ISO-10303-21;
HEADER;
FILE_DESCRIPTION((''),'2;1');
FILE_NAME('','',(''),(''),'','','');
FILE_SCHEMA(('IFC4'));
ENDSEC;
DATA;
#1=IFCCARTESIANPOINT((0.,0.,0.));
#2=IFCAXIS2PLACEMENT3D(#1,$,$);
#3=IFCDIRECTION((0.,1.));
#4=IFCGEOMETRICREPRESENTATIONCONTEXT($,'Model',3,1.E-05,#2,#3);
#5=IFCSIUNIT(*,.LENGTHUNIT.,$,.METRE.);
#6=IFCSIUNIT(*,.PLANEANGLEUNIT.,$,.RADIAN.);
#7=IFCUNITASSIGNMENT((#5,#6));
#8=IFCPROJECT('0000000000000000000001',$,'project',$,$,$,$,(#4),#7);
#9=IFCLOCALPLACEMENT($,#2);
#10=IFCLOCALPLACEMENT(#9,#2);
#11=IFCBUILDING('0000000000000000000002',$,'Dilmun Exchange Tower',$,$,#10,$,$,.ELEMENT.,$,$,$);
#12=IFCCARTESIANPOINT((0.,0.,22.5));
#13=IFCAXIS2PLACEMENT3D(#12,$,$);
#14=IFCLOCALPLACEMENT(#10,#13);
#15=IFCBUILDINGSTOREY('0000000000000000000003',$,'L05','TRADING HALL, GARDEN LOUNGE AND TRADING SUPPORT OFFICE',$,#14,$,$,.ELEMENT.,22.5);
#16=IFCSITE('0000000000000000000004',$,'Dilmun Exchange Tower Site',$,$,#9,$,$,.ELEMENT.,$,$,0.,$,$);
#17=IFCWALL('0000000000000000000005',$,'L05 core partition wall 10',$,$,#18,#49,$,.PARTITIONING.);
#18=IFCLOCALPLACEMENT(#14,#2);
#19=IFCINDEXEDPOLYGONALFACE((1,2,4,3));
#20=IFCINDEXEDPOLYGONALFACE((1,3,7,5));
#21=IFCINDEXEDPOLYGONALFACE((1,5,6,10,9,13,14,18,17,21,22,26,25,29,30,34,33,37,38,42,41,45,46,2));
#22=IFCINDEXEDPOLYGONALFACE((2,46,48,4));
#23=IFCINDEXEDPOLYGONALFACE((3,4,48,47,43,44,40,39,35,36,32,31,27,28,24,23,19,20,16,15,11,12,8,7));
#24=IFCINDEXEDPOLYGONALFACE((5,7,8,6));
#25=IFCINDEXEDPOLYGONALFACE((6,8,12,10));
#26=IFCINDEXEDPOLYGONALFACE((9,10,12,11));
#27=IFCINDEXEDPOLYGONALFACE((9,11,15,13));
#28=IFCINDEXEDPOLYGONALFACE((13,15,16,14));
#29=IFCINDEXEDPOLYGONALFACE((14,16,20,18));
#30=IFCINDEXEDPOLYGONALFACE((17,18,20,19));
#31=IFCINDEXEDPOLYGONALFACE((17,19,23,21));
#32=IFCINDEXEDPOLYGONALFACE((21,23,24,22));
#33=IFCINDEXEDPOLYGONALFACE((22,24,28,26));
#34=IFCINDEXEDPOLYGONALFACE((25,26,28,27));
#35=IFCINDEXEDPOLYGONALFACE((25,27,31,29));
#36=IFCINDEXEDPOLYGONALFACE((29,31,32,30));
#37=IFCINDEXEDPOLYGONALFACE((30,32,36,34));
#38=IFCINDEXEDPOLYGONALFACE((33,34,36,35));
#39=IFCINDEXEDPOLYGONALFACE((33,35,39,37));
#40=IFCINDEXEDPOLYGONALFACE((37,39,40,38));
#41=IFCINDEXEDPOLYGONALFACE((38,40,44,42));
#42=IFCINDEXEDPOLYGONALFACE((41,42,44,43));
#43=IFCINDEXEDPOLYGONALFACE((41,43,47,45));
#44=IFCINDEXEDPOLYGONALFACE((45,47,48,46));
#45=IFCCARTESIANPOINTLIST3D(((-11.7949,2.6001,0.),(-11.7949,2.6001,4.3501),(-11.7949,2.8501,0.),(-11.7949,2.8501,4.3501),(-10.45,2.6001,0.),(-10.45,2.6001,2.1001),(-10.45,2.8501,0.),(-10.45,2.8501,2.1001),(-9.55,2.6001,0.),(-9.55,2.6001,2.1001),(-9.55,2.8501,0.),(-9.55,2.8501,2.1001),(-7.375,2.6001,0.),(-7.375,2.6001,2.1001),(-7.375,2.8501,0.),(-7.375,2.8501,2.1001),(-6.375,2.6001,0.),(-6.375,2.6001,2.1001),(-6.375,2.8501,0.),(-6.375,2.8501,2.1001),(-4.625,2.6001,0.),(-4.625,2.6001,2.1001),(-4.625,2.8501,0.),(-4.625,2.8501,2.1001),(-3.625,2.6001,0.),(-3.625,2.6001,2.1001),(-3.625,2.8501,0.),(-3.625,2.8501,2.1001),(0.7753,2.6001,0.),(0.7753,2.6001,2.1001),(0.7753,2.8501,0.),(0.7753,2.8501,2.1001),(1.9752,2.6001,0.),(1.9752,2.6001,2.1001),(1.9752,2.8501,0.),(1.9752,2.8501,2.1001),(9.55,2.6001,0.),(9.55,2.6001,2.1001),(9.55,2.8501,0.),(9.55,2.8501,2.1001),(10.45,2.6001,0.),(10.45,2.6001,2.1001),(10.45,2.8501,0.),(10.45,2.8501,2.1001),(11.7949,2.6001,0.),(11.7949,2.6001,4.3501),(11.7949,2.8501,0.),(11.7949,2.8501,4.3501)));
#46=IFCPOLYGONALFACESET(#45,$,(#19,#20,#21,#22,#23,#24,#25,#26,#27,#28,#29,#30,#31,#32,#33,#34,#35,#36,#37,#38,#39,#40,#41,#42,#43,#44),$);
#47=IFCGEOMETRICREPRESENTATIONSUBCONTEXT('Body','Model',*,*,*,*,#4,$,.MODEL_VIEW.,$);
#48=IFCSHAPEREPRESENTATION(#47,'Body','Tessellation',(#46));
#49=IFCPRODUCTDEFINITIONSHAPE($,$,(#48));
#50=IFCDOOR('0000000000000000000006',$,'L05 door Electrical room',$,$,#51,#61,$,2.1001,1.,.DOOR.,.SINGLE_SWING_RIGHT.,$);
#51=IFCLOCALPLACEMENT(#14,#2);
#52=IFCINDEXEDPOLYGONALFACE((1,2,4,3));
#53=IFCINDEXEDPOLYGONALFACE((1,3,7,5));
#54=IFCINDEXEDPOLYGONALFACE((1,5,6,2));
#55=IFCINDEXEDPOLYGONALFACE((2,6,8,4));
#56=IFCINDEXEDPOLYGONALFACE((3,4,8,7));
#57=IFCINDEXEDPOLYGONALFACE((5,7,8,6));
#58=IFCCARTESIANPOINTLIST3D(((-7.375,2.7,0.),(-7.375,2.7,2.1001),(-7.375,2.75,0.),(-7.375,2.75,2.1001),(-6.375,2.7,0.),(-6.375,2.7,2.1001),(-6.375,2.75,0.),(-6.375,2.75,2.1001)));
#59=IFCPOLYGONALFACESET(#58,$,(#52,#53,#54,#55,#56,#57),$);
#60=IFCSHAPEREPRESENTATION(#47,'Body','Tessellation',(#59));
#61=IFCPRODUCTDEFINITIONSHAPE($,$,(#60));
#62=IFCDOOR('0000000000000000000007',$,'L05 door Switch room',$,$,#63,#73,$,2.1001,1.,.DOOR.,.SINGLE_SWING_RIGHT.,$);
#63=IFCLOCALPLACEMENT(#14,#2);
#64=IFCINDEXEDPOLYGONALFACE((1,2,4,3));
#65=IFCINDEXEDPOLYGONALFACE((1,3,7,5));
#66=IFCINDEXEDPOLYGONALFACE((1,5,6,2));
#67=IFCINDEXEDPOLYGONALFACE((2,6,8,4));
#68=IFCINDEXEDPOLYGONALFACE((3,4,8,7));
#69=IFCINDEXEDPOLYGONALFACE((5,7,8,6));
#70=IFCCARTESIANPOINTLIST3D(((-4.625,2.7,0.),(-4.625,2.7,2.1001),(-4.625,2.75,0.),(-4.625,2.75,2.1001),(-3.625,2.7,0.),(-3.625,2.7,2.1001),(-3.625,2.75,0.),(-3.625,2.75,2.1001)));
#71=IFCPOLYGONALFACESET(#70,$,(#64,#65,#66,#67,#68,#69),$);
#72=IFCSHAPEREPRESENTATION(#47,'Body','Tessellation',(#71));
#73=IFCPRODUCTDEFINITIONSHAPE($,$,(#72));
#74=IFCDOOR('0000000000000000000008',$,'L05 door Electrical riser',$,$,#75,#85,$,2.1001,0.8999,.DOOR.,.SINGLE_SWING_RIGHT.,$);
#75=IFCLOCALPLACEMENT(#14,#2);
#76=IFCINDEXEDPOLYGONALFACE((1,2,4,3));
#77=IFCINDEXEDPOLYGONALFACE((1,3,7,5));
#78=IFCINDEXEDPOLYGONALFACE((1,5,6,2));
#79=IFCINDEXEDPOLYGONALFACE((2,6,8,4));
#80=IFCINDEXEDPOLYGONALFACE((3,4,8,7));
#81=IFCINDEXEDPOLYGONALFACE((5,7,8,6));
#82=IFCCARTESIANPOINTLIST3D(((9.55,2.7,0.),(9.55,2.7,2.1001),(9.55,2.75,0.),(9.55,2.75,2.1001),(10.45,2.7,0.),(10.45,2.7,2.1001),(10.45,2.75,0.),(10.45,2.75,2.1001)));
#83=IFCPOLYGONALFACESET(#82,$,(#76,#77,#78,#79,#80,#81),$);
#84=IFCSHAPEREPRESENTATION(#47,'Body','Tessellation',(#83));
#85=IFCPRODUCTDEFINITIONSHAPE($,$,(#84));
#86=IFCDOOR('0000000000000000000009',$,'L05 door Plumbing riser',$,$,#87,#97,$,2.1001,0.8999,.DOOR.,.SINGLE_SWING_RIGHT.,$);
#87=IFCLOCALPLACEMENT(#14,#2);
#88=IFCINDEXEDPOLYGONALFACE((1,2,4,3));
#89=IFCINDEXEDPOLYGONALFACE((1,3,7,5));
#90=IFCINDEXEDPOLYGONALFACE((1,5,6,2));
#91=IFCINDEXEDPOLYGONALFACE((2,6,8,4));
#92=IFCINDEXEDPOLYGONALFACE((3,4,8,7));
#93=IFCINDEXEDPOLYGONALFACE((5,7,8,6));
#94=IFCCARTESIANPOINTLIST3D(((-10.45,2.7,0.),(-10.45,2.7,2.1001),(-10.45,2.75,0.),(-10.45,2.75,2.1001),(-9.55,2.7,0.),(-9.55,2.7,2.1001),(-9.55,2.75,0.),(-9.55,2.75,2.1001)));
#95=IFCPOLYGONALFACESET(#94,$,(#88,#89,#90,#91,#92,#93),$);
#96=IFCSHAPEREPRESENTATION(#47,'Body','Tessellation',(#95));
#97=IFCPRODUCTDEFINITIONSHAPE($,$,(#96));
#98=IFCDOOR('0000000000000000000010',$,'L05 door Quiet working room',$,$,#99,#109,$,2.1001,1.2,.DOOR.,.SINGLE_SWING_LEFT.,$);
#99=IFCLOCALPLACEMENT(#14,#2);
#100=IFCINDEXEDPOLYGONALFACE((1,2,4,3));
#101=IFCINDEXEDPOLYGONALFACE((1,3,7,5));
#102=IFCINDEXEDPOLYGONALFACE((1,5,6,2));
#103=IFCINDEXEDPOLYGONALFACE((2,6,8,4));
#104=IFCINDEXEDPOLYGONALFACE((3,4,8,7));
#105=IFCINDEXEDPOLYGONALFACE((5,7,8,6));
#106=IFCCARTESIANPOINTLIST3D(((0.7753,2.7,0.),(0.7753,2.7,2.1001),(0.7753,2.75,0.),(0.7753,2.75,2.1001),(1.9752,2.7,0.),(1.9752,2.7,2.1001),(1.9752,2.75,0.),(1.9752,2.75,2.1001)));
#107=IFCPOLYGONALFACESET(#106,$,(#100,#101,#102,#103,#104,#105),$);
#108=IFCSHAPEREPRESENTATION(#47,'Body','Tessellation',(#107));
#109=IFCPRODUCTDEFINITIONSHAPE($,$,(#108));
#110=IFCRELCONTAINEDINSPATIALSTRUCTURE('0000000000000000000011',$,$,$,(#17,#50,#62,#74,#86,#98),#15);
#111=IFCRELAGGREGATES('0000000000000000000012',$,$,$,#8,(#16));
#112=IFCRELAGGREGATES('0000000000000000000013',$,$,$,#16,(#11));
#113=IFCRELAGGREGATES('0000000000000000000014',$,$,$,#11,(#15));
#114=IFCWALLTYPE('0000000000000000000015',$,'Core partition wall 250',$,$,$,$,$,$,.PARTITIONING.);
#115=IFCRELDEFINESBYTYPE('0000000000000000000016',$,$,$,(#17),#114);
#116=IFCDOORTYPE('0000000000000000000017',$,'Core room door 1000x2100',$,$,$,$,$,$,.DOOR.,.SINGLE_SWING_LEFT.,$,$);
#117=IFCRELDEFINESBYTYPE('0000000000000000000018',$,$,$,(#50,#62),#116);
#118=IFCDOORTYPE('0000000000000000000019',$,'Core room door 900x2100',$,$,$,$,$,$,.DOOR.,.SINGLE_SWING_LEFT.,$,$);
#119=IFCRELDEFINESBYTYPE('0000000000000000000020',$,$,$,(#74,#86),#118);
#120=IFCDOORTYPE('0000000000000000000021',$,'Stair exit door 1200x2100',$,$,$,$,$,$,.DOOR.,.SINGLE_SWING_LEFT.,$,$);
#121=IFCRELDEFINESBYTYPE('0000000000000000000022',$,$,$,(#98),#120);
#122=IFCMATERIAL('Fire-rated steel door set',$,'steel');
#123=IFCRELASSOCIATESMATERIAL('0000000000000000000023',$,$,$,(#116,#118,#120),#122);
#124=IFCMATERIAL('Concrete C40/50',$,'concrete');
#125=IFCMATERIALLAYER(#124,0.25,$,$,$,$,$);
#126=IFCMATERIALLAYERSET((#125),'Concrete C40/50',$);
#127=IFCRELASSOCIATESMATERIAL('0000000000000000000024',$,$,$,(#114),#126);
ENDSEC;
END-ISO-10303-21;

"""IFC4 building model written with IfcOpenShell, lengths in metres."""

from ifc_helpers import new_model, si_unit, direction, frame, frame_2d, origin, place, context, subcontext, project, spatial, rectangle, extrude, material, layer, layer_set, type_object, element, fill, save


model = new_model("IFC4")

# Units and contexts
model_context = context("Model", 3, precision=1e-05, world=origin(), true_north=direction((0.0, 1.0)))
body_context = subcontext(model_context, "Body", "Model", "MODEL_VIEW")
ifc_project = project(units=[si_unit("LENGTHUNIT", "METRE"), si_unit("PLANEANGLEUNIT", "RADIAN")], contexts=[model_context])

# Site, building, storey
site_placement = place(None, origin())
site = spatial("IfcSite", under=ifc_project, at=site_placement, Name="Dilmun Exchange Tower Site", CompositionType="ELEMENT", RefElevation=0.0)
building_placement = place(site_placement, origin())
building = spatial("IfcBuilding", under=site, at=building_placement, Name="Dilmun Exchange Tower", CompositionType="ELEMENT")
storey_placement = place(building_placement, frame((0.0, 0.0, 22.5)))
storey = spatial("IfcBuildingStorey", under=building, at=storey_placement, Name="L05", Description="TRADING HALL, GARDEN LOUNGE AND TRADING SUPPORT OFFICE", CompositionType="ELEMENT", Elevation=22.5)

# Shared definitions
ifc_material_1 = material(Name="Concrete C40/50", Category="concrete")

# Shared definitions
ifc_material_2 = material(Name="Fire-rated steel door set", Category="steel")
door_type_1 = type_object("IfcDoorType", Name="Core room door 1000x2100", OperationType="SINGLE_SWING_LEFT", PredefinedType="DOOR", material=ifc_material_2)

# Wall, openings, doors
ifc_layer_1 = layer(ifc_material_1, 0.25)
ifc_layer_set_1 = layer_set([ifc_layer_1], Name="Concrete C40/50")
wall_type_1 = type_object("IfcWallType", Name="Core partition wall 250", PredefinedType="PARTITIONING", material=ifc_layer_set_1)
wall_1_placement = place(storey_placement, frame((-11.7949, 2.7251, 0.0), z_axis=(0.0, 0.0, 1.0), x_axis=(1.0, 0.0, 0.0)))
wall_1 = element("IfcWall", 1, at=wall_1_placement, inside=storey, type_object=wall_type_1, Name="L05 core partition wall 10", PredefinedType="PARTITIONING", context=body_context, shape_type="SweptSolid", body=[
    extrude(rectangle(XDim=23.5898, YDim=0.25, at=frame_2d((11.7949, 0.0))), origin(), (0.0, 0.0, 1.0), 4.3501),
])
opening_1_placement = place(wall_1_placement, frame((21.345, 0.0, 0.0)))
opening_1 = element("IfcOpeningElement", 2, at=opening_1_placement, cuts=wall_1, PredefinedType="OPENING", context=body_context, shape_type="SweptSolid", body=[
    extrude(rectangle(XDim=0.8999, YDim=2.1001, at=frame_2d((0.45, 1.05))), frame((0.0, 0.135, 0.0), z_axis=(0.0, -1.0, 0.0), x_axis=(1.0, 0.0, 0.0)), (0.0, 0.0, 1.0), 0.27),
])
opening_2_placement = place(wall_1_placement, frame((1.345, 0.0, 0.0)))
opening_2 = element("IfcOpeningElement", 3, at=opening_2_placement, cuts=wall_1, PredefinedType="OPENING", context=body_context, shape_type="SweptSolid", body=[
    extrude(rectangle(XDim=0.8999, YDim=2.1001, at=frame_2d((0.45, 1.05))), frame((0.0, 0.135, 0.0), z_axis=(0.0, -1.0, 0.0), x_axis=(1.0, 0.0, 0.0)), (0.0, 0.0, 1.0), 0.27),
])
opening_3_placement = place(wall_1_placement, frame((4.4199, 0.0, 0.0)))
opening_3 = element("IfcOpeningElement", 4, at=opening_3_placement, cuts=wall_1, PredefinedType="OPENING", context=body_context, shape_type="SweptSolid", body=[
    extrude(rectangle(XDim=1.0, YDim=2.1001, at=frame_2d((0.5, 1.05))), frame((0.0, 0.135, 0.0), z_axis=(0.0, -1.0, 0.0), x_axis=(1.0, 0.0, 0.0)), (0.0, 0.0, 1.0), 0.27),
])
opening_4_placement = place(wall_1_placement, frame((7.1699, 0.0, 0.0)))
opening_4 = element("IfcOpeningElement", 5, at=opening_4_placement, cuts=wall_1, PredefinedType="OPENING", context=body_context, shape_type="SweptSolid", body=[
    extrude(rectangle(XDim=1.0, YDim=2.1001, at=frame_2d((0.5, 1.05))), frame((0.0, 0.135, 0.0), z_axis=(0.0, -1.0, 0.0), x_axis=(1.0, 0.0, 0.0)), (0.0, 0.0, 1.0), 0.27),
])
opening_5_placement = place(wall_1_placement, frame((12.5701, 0.0, 0.0)))
opening_5 = element("IfcOpeningElement", 6, at=opening_5_placement, cuts=wall_1, PredefinedType="OPENING", context=body_context, shape_type="SweptSolid", body=[
    extrude(rectangle(XDim=1.2, YDim=2.1001, at=frame_2d((0.6001, 1.05))), frame((0.0, 0.135, 0.0), z_axis=(0.0, -1.0, 0.0), x_axis=(1.0, 0.0, 0.0)), (0.0, 0.0, 1.0), 0.27),
])
door_1_placement = place(opening_3_placement, origin())
door_1 = element("IfcDoor", 7, at=door_1_placement, inside=storey, type_object=door_type_1, Name="L05 door Electrical room", OperationType="SINGLE_SWING_RIGHT", OverallHeight=2.1001, OverallWidth=1.0, PredefinedType="DOOR", context=body_context, shape_type="SweptSolid", body=[
    extrude(rectangle(XDim=1.0, YDim=2.1001, at=frame_2d((0.5, 1.05))), frame((0.0, 0.0249, 0.0), z_axis=(0.0, -1.0, 0.0), x_axis=(1.0, 0.0, 0.0)), (0.0, 0.0, 1.0), 0.05),
])
fill(opening_3, door_1)
door_2_placement = place(opening_4_placement, origin())
door_2 = element("IfcDoor", 8, at=door_2_placement, inside=storey, type_object=door_type_1, Name="L05 door Switch room", OperationType="SINGLE_SWING_RIGHT", OverallHeight=2.1001, OverallWidth=1.0, PredefinedType="DOOR", context=body_context, shape_type="SweptSolid", body=[
    extrude(rectangle(XDim=1.0, YDim=2.1001, at=frame_2d((0.5, 1.05))), frame((0.0, 0.0249, 0.0), z_axis=(0.0, -1.0, 0.0), x_axis=(1.0, 0.0, 0.0)), (0.0, 0.0, 1.0), 0.05),
])
fill(opening_4, door_2)
door_type_2 = type_object("IfcDoorType", Name="Core room door 900x2100", OperationType="SINGLE_SWING_LEFT", PredefinedType="DOOR", material=ifc_material_2)
door_3_placement = place(opening_1_placement, origin())
door_3 = element("IfcDoor", 9, at=door_3_placement, inside=storey, type_object=door_type_2, Name="L05 door Electrical riser", OperationType="SINGLE_SWING_RIGHT", OverallHeight=2.1001, OverallWidth=0.8999, PredefinedType="DOOR", context=body_context, shape_type="SweptSolid", body=[
    extrude(rectangle(XDim=0.8999, YDim=2.1001, at=frame_2d((0.45, 1.05))), frame((0.0, 0.0249, 0.0), z_axis=(0.0, -1.0, 0.0), x_axis=(1.0, 0.0, 0.0)), (0.0, 0.0, 1.0), 0.05),
])
fill(opening_1, door_3)
door_4_placement = place(opening_2_placement, origin())
door_4 = element("IfcDoor", 10, at=door_4_placement, inside=storey, type_object=door_type_2, Name="L05 door Plumbing riser", OperationType="SINGLE_SWING_RIGHT", OverallHeight=2.1001, OverallWidth=0.8999, PredefinedType="DOOR", context=body_context, shape_type="SweptSolid", body=[
    extrude(rectangle(XDim=0.8999, YDim=2.1001, at=frame_2d((0.45, 1.05))), frame((0.0, 0.0249, 0.0), z_axis=(0.0, -1.0, 0.0), x_axis=(1.0, 0.0, 0.0)), (0.0, 0.0, 1.0), 0.05),
])
fill(opening_2, door_4)
door_type_3 = type_object("IfcDoorType", Name="Stair exit door 1200x2100", OperationType="SINGLE_SWING_LEFT", PredefinedType="DOOR", material=ifc_material_2)
door_5_placement = place(opening_5_placement, origin())
door_5 = element("IfcDoor", 11, at=door_5_placement, inside=storey, type_object=door_type_3, Name="L05 door Quiet working room", OperationType="SINGLE_SWING_LEFT", OverallHeight=2.1001, OverallWidth=1.2, PredefinedType="DOOR", context=body_context, shape_type="SweptSolid", body=[
    extrude(rectangle(XDim=1.2, YDim=2.1001, at=frame_2d((0.6001, 1.05))), frame((0.0, 0.0249, 0.0), z_axis=(0.0, -1.0, 0.0), x_axis=(1.0, 0.0, 0.0)), (0.0, 0.0, 1.0), 0.05),
])
fill(opening_5, door_5)

save(model, "model.ifc")
